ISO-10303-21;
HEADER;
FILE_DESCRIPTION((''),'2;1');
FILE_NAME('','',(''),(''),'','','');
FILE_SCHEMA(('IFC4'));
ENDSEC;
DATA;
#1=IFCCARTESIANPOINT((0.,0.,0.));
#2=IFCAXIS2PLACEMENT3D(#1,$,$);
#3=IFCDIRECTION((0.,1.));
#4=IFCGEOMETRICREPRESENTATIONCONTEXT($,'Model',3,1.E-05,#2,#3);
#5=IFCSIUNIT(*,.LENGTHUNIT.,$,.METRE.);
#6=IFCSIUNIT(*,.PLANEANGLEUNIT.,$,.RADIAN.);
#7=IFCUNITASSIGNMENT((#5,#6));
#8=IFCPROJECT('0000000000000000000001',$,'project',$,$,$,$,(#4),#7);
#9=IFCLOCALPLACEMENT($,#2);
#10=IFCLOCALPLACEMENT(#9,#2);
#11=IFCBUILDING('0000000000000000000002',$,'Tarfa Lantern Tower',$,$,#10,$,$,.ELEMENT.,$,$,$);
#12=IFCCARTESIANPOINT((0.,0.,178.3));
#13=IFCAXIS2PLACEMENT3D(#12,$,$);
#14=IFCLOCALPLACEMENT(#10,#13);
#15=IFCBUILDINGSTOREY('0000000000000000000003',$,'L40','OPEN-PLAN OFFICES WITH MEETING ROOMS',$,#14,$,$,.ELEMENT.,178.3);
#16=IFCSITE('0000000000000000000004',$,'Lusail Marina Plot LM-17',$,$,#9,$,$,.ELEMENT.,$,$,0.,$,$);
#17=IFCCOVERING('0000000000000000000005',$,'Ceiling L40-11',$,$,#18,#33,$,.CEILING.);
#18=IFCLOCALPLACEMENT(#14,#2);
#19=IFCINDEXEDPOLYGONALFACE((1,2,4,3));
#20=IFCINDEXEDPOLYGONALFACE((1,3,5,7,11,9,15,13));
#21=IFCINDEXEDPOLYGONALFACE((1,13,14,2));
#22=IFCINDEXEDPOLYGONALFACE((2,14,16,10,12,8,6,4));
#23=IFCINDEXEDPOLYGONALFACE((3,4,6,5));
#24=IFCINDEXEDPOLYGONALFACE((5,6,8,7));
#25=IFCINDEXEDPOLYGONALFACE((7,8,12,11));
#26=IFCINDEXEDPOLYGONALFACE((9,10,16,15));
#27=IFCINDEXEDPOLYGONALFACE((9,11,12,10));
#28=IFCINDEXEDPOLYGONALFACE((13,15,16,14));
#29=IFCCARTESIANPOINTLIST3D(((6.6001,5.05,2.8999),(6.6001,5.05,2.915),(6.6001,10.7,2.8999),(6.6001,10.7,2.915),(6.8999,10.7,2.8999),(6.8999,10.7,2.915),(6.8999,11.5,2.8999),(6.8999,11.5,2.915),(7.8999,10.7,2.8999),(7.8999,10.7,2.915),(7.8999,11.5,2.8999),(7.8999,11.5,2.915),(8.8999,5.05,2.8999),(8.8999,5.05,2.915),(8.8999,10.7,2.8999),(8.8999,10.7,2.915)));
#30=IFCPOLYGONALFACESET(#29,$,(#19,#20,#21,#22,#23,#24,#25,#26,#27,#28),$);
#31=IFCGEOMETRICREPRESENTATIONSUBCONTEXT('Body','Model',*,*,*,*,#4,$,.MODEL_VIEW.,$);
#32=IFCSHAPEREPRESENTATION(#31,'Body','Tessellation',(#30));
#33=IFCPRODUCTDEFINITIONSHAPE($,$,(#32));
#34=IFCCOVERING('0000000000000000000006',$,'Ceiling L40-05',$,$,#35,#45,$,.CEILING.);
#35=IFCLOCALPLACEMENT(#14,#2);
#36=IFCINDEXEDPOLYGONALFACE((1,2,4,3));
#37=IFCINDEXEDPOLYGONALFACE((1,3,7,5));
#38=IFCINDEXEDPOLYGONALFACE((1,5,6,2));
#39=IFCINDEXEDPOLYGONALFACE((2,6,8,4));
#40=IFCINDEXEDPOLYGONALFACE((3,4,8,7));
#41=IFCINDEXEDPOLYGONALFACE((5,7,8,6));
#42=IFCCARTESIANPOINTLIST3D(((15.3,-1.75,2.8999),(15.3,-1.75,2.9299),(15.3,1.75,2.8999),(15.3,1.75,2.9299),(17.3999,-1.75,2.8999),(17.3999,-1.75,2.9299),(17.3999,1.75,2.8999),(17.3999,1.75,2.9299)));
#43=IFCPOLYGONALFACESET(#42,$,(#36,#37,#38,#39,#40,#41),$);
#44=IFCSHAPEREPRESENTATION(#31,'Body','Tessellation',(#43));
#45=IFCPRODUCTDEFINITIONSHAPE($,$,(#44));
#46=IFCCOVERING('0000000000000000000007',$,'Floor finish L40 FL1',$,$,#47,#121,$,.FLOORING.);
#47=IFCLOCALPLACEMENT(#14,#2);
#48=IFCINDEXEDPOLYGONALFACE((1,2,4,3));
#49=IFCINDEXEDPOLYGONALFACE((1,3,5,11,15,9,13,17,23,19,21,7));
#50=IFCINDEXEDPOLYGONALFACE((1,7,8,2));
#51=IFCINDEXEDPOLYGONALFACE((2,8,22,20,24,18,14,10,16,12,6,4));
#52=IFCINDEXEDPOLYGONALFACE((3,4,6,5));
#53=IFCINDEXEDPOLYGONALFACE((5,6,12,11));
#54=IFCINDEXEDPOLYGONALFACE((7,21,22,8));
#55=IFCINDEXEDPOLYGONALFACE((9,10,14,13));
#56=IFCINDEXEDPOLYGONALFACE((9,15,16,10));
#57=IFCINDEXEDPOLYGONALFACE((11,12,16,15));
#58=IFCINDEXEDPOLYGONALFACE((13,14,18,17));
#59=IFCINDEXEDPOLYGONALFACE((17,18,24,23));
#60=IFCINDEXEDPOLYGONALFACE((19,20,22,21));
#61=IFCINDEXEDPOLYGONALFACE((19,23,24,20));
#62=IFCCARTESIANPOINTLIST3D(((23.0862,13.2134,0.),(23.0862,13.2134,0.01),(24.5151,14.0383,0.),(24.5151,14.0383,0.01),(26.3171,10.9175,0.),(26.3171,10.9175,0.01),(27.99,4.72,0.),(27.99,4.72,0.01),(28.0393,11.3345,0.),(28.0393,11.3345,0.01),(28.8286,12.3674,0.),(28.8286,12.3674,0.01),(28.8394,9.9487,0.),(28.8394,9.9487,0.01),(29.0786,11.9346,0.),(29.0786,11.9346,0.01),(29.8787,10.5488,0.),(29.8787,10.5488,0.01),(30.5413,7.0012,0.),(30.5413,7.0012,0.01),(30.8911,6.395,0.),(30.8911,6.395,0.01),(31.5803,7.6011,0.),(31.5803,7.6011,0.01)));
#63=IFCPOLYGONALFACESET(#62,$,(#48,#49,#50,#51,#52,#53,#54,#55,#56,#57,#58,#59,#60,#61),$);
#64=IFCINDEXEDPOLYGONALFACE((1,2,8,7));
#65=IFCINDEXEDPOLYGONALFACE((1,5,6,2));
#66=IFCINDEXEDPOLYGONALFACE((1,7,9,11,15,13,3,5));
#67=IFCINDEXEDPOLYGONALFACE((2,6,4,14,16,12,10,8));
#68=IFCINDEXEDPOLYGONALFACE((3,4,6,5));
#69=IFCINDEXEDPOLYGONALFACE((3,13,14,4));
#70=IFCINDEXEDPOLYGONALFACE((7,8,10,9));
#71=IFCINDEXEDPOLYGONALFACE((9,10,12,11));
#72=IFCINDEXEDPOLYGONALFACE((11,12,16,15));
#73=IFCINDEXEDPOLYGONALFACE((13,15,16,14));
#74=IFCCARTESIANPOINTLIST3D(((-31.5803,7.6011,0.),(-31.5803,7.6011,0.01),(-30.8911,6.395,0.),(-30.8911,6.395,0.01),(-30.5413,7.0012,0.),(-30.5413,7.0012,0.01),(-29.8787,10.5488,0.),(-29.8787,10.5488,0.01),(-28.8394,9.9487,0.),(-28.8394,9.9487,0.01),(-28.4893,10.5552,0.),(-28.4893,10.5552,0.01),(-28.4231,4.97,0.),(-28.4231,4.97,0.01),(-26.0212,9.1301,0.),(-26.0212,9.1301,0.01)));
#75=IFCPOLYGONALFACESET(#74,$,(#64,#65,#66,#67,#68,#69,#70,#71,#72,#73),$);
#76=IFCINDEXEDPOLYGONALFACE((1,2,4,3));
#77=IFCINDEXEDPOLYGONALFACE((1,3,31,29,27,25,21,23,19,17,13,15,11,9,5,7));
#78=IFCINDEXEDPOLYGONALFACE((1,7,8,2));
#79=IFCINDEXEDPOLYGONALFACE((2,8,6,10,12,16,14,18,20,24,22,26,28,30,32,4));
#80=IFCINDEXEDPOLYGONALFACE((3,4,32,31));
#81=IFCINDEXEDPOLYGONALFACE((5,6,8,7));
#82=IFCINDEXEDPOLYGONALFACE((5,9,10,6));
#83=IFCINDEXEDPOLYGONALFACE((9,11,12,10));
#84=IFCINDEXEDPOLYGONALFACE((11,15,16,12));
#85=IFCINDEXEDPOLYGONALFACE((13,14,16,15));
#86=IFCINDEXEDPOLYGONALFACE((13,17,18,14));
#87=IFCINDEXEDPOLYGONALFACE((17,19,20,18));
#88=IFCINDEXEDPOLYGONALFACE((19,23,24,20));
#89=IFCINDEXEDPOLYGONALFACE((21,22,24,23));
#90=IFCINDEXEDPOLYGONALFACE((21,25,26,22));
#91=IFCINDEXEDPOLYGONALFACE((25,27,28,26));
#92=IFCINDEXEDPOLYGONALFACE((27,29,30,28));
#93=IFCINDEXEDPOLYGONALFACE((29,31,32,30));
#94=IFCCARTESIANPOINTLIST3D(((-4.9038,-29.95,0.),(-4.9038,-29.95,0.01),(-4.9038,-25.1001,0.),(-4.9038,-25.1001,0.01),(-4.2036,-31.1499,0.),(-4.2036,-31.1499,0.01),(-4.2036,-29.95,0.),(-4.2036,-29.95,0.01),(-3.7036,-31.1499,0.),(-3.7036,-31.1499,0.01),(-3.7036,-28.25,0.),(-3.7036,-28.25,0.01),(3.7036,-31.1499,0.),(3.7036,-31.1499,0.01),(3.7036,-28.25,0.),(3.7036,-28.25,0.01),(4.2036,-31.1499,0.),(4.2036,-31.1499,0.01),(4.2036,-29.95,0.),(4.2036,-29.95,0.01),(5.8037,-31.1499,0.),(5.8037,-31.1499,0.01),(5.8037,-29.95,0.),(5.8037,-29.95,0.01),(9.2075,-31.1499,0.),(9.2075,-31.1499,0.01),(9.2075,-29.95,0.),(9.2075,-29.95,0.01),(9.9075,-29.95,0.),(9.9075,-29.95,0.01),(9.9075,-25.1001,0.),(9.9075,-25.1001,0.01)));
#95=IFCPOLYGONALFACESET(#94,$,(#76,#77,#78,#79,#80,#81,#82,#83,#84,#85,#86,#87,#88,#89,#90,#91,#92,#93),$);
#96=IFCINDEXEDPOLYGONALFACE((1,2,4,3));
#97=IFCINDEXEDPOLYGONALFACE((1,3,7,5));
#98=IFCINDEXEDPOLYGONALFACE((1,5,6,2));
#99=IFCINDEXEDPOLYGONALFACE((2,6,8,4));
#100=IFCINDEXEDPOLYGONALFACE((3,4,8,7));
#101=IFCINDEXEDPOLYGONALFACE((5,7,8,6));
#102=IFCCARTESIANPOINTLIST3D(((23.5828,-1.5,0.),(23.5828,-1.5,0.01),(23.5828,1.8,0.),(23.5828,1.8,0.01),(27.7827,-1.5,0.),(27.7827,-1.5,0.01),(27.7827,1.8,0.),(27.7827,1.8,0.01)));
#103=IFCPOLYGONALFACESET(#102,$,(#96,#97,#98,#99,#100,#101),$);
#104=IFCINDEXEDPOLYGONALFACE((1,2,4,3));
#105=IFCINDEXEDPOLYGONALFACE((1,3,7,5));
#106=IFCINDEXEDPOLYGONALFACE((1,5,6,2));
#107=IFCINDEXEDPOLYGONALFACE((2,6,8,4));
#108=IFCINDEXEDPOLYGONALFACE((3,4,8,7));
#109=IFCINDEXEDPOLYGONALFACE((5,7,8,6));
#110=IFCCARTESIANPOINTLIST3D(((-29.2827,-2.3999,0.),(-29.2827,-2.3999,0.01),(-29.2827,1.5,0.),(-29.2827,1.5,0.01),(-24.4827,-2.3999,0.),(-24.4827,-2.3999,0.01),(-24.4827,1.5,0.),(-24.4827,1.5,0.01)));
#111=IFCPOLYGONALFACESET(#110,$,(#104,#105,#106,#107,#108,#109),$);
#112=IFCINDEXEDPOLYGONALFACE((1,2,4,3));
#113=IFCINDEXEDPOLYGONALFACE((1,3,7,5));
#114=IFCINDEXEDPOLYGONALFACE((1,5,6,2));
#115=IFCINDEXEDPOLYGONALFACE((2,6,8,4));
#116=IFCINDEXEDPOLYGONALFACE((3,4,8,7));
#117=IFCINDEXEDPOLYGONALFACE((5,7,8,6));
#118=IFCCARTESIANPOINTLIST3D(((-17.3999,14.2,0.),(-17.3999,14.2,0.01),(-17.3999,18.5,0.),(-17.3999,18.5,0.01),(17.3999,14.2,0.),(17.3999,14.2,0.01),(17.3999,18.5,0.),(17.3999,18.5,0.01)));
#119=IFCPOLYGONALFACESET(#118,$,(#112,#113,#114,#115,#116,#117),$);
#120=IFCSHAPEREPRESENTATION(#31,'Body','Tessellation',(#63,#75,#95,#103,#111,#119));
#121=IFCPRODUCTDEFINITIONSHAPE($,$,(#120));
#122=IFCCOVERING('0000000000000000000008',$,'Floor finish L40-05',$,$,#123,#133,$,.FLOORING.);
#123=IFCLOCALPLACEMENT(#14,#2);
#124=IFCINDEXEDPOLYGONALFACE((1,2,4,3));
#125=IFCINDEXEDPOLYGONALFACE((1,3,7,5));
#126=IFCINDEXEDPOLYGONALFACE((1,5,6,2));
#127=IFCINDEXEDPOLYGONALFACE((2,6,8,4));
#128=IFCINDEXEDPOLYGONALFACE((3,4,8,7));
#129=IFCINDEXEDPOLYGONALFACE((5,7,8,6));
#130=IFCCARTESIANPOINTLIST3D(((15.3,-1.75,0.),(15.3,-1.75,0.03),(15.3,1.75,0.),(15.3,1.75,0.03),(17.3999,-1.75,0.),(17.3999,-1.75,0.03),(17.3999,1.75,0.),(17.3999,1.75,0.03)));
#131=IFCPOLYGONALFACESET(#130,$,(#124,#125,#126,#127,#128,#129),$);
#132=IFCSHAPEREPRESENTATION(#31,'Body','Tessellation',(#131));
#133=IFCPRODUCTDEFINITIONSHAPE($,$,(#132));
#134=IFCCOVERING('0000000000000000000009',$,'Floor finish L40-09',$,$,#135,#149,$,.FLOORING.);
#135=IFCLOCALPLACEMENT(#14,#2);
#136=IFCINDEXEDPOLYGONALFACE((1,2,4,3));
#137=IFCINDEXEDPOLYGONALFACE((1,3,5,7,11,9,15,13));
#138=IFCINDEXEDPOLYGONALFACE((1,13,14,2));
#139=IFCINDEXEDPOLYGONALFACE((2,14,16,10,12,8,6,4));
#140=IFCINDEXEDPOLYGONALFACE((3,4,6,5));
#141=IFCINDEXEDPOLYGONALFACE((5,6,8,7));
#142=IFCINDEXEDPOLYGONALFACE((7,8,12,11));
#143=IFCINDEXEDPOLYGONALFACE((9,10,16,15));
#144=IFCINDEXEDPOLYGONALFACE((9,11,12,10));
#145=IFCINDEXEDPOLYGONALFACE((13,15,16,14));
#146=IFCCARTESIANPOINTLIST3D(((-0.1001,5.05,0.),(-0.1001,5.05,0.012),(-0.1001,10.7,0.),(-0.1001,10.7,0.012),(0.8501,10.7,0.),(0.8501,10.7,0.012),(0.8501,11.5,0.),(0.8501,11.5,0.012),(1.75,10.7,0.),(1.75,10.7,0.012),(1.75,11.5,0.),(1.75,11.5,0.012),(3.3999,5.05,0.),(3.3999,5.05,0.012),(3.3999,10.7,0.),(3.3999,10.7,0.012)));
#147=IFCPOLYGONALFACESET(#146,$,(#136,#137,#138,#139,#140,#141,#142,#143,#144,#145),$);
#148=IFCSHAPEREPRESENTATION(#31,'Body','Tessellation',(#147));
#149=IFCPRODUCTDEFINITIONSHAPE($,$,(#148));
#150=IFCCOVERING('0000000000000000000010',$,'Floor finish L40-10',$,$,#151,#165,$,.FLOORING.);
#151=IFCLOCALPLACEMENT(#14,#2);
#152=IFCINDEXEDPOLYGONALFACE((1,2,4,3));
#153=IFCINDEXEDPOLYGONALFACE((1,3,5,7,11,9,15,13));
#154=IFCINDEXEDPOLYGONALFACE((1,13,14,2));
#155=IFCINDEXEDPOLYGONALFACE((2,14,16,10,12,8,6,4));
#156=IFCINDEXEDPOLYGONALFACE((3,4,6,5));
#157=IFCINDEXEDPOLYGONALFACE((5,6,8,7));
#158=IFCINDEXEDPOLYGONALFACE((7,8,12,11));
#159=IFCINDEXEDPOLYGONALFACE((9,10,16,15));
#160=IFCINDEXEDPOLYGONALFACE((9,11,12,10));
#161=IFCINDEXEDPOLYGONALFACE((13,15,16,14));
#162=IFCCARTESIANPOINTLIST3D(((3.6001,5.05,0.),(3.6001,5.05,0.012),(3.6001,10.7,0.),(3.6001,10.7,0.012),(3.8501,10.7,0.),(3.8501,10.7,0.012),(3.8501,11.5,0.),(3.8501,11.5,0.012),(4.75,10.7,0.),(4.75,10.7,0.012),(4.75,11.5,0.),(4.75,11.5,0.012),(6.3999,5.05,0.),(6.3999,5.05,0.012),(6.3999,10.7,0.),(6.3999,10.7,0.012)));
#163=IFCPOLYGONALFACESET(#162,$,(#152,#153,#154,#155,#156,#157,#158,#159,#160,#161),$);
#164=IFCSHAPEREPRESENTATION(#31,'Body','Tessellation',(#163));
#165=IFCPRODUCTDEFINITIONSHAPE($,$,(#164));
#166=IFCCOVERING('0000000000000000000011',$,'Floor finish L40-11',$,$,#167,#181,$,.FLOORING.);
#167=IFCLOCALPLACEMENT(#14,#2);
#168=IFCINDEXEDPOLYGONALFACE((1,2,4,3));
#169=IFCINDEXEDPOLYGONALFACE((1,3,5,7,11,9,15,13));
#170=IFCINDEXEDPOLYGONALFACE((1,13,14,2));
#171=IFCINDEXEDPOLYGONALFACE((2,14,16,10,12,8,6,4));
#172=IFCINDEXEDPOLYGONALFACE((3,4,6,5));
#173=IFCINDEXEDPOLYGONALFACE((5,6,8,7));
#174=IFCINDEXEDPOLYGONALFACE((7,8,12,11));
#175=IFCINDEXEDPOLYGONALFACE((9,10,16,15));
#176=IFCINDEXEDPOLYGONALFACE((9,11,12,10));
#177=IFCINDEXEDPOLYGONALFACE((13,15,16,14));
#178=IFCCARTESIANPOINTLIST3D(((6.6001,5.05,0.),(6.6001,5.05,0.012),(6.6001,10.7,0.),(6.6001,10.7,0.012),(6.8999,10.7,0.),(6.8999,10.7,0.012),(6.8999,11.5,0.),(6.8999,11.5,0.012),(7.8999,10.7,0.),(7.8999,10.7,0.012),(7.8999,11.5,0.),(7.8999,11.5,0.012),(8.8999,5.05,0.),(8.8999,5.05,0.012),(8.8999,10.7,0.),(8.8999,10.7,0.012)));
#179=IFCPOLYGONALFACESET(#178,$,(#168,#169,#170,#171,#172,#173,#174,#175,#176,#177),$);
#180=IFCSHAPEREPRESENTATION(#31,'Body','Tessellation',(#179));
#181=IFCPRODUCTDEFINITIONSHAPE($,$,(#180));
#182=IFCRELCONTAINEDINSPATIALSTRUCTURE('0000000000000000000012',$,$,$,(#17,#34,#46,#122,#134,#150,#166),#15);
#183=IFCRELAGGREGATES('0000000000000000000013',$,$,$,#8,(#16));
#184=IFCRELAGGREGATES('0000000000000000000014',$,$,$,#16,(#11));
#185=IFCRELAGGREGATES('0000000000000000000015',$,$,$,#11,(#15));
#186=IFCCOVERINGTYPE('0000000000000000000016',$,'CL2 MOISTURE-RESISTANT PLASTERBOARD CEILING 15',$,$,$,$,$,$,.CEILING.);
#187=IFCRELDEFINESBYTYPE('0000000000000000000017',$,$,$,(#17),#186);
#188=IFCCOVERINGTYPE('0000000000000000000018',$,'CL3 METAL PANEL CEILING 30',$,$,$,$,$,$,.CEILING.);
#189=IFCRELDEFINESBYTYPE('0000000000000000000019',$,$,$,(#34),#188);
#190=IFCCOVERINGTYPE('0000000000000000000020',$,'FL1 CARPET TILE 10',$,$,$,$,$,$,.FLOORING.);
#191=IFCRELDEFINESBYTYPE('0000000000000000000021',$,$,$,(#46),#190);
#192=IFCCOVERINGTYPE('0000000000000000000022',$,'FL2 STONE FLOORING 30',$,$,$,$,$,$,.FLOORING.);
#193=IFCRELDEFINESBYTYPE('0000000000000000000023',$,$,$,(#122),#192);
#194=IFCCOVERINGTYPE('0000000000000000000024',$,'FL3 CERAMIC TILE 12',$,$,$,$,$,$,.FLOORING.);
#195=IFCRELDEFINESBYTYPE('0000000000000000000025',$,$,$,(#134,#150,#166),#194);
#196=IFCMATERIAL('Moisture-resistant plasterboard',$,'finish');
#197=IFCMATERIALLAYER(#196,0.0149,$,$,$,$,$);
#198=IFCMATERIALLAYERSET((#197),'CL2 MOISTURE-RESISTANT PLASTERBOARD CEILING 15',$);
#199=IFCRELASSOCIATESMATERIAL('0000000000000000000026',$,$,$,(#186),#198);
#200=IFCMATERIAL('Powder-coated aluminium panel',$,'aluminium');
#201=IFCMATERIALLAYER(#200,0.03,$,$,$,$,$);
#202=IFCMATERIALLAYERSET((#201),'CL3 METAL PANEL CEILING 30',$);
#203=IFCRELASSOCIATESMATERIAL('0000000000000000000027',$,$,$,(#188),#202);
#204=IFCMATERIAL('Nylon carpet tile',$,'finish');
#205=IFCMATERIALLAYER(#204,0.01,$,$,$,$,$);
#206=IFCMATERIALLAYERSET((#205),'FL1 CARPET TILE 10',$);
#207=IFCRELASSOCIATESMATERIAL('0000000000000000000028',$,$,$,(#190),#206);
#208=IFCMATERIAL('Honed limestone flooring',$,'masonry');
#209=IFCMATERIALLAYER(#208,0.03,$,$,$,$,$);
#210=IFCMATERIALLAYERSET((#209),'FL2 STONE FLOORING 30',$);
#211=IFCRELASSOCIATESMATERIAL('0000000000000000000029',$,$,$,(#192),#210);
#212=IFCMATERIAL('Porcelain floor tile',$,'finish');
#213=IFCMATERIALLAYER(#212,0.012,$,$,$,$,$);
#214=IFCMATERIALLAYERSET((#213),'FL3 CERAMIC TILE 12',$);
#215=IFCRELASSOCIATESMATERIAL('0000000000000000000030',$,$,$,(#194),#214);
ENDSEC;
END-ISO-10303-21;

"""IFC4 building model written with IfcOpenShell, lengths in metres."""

from ifc_helpers import new_model, si_unit, direction, frame, origin, place, context, subcontext, project, spatial, polyline, outline, extrude, material, layer, layer_set, type_object, element, save


model = new_model("IFC4")

# Units and contexts
model_context = context("Model", 3, precision=1e-05, world=origin(), true_north=direction((0.0, 1.0)))
body_context = subcontext(model_context, "Body", "Model", "MODEL_VIEW")
ifc_project = project(units=[si_unit("LENGTHUNIT", "METRE"), si_unit("PLANEANGLEUNIT", "RADIAN")], contexts=[model_context])

# Site, building, storey
site_placement = place(None, origin())
site = spatial("IfcSite", under=ifc_project, at=site_placement, Name="Lusail Marina Plot LM-17", CompositionType="ELEMENT", RefElevation=0.0)
building_placement = place(site_placement, origin())
building = spatial("IfcBuilding", under=site, at=building_placement, Name="Tarfa Lantern Tower", CompositionType="ELEMENT")
storey_placement = place(building_placement, frame((0.0, 0.0, 178.3)))
storey = spatial("IfcBuildingStorey", under=building, at=storey_placement, Name="L40", Description="OPEN-PLAN OFFICES WITH MEETING ROOMS", CompositionType="ELEMENT", Elevation=178.3)

# Coverings
ifc_material_1 = material(Name="Moisture-resistant plasterboard", Category="finish")
ifc_layer_1 = layer(ifc_material_1, 0.0149)
ifc_layer_set_1 = layer_set([ifc_layer_1], Name="CL2 MOISTURE-RESISTANT PLASTERBOARD CEILING 15")
covering_type_1 = type_object("IfcCoveringType", Name="CL2 MOISTURE-RESISTANT PLASTERBOARD CEILING 15", PredefinedType="CEILING", material=ifc_layer_set_1)
covering_1_placement = place(storey_placement, frame((0.0, 0.0, 2.8999)))
element("IfcCovering", 1, at=covering_1_placement, inside=storey, type_object=covering_type_1, Name="Ceiling L40-11", PredefinedType="CEILING", context=body_context, shape_type="SweptSolid", body=[
    extrude(outline(polyline([(6.6001, 5.05), (8.8999, 5.05), (8.8999, 10.7), (7.8999, 10.7), (7.8999, 11.5), (6.8999, 11.5), (6.8999, 10.7), (6.6001, 10.7), (6.6001, 5.05)])), origin(), (0.0, 0.0, 1.0), 0.0151),
])
ifc_material_2 = material(Name="Powder-coated aluminium panel", Category="aluminium")
ifc_layer_2 = layer(ifc_material_2, 0.03)
ifc_layer_set_2 = layer_set([ifc_layer_2], Name="CL3 METAL PANEL CEILING 30")
covering_type_2 = type_object("IfcCoveringType", Name="CL3 METAL PANEL CEILING 30", PredefinedType="CEILING", material=ifc_layer_set_2)
covering_2_placement = place(storey_placement, frame((0.0, 0.0, 2.8999)))
element("IfcCovering", 2, at=covering_2_placement, inside=storey, type_object=covering_type_2, Name="Ceiling L40-05", PredefinedType="CEILING", context=body_context, shape_type="SweptSolid", body=[
    extrude(outline(polyline([(15.3, -1.75), (17.3999, -1.75), (17.3999, 1.75), (15.3, 1.75), (15.3, -1.75)])), origin(), (0.0, 0.0, 1.0), 0.03),
])
ifc_material_3 = material(Name="Nylon carpet tile", Category="finish")
ifc_layer_3 = layer(ifc_material_3, 0.01)
ifc_layer_set_3 = layer_set([ifc_layer_3], Name="FL1 CARPET TILE 10")
covering_type_3 = type_object("IfcCoveringType", Name="FL1 CARPET TILE 10", PredefinedType="FLOORING", material=ifc_layer_set_3)
covering_3_placement = place(storey_placement, origin())
element("IfcCovering", 3, at=covering_3_placement, inside=storey, type_object=covering_type_3, Name="Floor finish L40 FL1", PredefinedType="FLOORING", context=body_context, shape_type="SweptSolid", body=[
    extrude(outline(polyline([(27.99, 4.72), (23.0862, 13.2134), (24.5151, 14.0383), (26.3171, 10.9175), (28.8286, 12.3674), (29.0786, 11.9346), (28.0393, 11.3345), (28.8394, 9.9487), (29.8787, 10.5488), (31.5803, 7.6011), (30.5413, 7.0012), (30.8911, 6.395), (27.99, 4.72)])), origin(), (0.0, 0.0, 1.0), 0.01),
    extrude(outline(polyline([(-28.4231, 4.97), (-30.8911, 6.395), (-30.5413, 7.0012), (-31.5803, 7.6011), (-29.8787, 10.5488), (-28.8394, 9.9487), (-28.4893, 10.5552), (-26.0212, 9.1301), (-28.4231, 4.97)])), origin(), (0.0, 0.0, 1.0), 0.01),
    extrude(outline(polyline([(9.9075, -25.1001), (9.9075, -29.95), (9.2075, -29.95), (9.2075, -31.1499), (5.8037, -31.1499), (5.8037, -29.95), (4.2036, -29.95), (4.2036, -31.1499), (3.7036, -31.1499), (3.7036, -28.25), (-3.7036, -28.25), (-3.7036, -31.1499), (-4.2036, -31.1499), (-4.2036, -29.95), (-4.9038, -29.95), (-4.9038, -25.1001), (9.9075, -25.1001)])), origin(), (0.0, 0.0, 1.0), 0.01),
    extrude(outline(polyline([(27.7827, 1.8), (27.7827, -1.5), (23.5828, -1.5), (23.5828, 1.8), (27.7827, 1.8)])), origin(), (0.0, 0.0, 1.0), 0.01),
    extrude(outline(polyline([(-29.2827, -2.3999), (-29.2827, 1.5), (-24.4827, 1.5), (-24.4827, -2.3999), (-29.2827, -2.3999)])), origin(), (0.0, 0.0, 1.0), 0.01),
    extrude(outline(polyline([(-17.3999, 18.5), (17.3999, 18.5), (17.3999, 14.2), (-17.3999, 14.2), (-17.3999, 18.5)])), origin(), (0.0, 0.0, 1.0), 0.01),
])
ifc_material_4 = material(Name="Honed limestone flooring", Category="masonry")
ifc_layer_4 = layer(ifc_material_4, 0.03)
ifc_layer_set_4 = layer_set([ifc_layer_4], Name="FL2 STONE FLOORING 30")
covering_type_4 = type_object("IfcCoveringType", Name="FL2 STONE FLOORING 30", PredefinedType="FLOORING", material=ifc_layer_set_4)
covering_4_placement = place(storey_placement, origin())
element("IfcCovering", 4, at=covering_4_placement, inside=storey, type_object=covering_type_4, Name="Floor finish L40-05", PredefinedType="FLOORING", context=body_context, shape_type="SweptSolid", body=[
    extrude(outline(polyline([(15.3, -1.75), (17.3999, -1.75), (17.3999, 1.75), (15.3, 1.75), (15.3, -1.75)])), origin(), (0.0, 0.0, 1.0), 0.03),
])
ifc_material_5 = material(Name="Porcelain floor tile", Category="finish")
ifc_layer_5 = layer(ifc_material_5, 0.012)
ifc_layer_set_5 = layer_set([ifc_layer_5], Name="FL3 CERAMIC TILE 12")
covering_type_5 = type_object("IfcCoveringType", Name="FL3 CERAMIC TILE 12", PredefinedType="FLOORING", material=ifc_layer_set_5)
covering_5_placement = place(storey_placement, origin())
element("IfcCovering", 5, at=covering_5_placement, inside=storey, type_object=covering_type_5, Name="Floor finish L40-09", PredefinedType="FLOORING", context=body_context, shape_type="SweptSolid", body=[
    extrude(outline(polyline([(0.8501, 10.7), (-0.1001, 10.7), (-0.1001, 5.05), (3.3999, 5.05), (3.3999, 10.7), (1.75, 10.7), (1.75, 11.5), (0.8501, 11.5), (0.8501, 11.5), (0.8501, 10.7)])), origin(), (0.0, 0.0, 1.0), 0.012),
])
covering_6_placement = place(storey_placement, origin())
element("IfcCovering", 6, at=covering_6_placement, inside=storey, type_object=covering_type_5, Name="Floor finish L40-10", PredefinedType="FLOORING", context=body_context, shape_type="SweptSolid", body=[
    extrude(outline(polyline([(3.6001, 5.05), (6.3999, 5.05), (6.3999, 10.7), (4.75, 10.7), (4.75, 11.5), (3.8501, 11.5), (3.8501, 10.7), (3.6001, 10.7), (3.6001, 5.05)])), origin(), (0.0, 0.0, 1.0), 0.012),
])
covering_7_placement = place(storey_placement, origin())
element("IfcCovering", 7, at=covering_7_placement, inside=storey, type_object=covering_type_5, Name="Floor finish L40-11", PredefinedType="FLOORING", context=body_context, shape_type="SweptSolid", body=[
    extrude(outline(polyline([(6.6001, 5.05), (8.8999, 5.05), (8.8999, 10.7), (7.8999, 10.7), (7.8999, 11.5), (6.8999, 11.5), (6.8999, 10.7), (6.6001, 10.7), (6.6001, 5.05)])), origin(), (0.0, 0.0, 1.0), 0.012),
])

save(model, "model.ifc")
